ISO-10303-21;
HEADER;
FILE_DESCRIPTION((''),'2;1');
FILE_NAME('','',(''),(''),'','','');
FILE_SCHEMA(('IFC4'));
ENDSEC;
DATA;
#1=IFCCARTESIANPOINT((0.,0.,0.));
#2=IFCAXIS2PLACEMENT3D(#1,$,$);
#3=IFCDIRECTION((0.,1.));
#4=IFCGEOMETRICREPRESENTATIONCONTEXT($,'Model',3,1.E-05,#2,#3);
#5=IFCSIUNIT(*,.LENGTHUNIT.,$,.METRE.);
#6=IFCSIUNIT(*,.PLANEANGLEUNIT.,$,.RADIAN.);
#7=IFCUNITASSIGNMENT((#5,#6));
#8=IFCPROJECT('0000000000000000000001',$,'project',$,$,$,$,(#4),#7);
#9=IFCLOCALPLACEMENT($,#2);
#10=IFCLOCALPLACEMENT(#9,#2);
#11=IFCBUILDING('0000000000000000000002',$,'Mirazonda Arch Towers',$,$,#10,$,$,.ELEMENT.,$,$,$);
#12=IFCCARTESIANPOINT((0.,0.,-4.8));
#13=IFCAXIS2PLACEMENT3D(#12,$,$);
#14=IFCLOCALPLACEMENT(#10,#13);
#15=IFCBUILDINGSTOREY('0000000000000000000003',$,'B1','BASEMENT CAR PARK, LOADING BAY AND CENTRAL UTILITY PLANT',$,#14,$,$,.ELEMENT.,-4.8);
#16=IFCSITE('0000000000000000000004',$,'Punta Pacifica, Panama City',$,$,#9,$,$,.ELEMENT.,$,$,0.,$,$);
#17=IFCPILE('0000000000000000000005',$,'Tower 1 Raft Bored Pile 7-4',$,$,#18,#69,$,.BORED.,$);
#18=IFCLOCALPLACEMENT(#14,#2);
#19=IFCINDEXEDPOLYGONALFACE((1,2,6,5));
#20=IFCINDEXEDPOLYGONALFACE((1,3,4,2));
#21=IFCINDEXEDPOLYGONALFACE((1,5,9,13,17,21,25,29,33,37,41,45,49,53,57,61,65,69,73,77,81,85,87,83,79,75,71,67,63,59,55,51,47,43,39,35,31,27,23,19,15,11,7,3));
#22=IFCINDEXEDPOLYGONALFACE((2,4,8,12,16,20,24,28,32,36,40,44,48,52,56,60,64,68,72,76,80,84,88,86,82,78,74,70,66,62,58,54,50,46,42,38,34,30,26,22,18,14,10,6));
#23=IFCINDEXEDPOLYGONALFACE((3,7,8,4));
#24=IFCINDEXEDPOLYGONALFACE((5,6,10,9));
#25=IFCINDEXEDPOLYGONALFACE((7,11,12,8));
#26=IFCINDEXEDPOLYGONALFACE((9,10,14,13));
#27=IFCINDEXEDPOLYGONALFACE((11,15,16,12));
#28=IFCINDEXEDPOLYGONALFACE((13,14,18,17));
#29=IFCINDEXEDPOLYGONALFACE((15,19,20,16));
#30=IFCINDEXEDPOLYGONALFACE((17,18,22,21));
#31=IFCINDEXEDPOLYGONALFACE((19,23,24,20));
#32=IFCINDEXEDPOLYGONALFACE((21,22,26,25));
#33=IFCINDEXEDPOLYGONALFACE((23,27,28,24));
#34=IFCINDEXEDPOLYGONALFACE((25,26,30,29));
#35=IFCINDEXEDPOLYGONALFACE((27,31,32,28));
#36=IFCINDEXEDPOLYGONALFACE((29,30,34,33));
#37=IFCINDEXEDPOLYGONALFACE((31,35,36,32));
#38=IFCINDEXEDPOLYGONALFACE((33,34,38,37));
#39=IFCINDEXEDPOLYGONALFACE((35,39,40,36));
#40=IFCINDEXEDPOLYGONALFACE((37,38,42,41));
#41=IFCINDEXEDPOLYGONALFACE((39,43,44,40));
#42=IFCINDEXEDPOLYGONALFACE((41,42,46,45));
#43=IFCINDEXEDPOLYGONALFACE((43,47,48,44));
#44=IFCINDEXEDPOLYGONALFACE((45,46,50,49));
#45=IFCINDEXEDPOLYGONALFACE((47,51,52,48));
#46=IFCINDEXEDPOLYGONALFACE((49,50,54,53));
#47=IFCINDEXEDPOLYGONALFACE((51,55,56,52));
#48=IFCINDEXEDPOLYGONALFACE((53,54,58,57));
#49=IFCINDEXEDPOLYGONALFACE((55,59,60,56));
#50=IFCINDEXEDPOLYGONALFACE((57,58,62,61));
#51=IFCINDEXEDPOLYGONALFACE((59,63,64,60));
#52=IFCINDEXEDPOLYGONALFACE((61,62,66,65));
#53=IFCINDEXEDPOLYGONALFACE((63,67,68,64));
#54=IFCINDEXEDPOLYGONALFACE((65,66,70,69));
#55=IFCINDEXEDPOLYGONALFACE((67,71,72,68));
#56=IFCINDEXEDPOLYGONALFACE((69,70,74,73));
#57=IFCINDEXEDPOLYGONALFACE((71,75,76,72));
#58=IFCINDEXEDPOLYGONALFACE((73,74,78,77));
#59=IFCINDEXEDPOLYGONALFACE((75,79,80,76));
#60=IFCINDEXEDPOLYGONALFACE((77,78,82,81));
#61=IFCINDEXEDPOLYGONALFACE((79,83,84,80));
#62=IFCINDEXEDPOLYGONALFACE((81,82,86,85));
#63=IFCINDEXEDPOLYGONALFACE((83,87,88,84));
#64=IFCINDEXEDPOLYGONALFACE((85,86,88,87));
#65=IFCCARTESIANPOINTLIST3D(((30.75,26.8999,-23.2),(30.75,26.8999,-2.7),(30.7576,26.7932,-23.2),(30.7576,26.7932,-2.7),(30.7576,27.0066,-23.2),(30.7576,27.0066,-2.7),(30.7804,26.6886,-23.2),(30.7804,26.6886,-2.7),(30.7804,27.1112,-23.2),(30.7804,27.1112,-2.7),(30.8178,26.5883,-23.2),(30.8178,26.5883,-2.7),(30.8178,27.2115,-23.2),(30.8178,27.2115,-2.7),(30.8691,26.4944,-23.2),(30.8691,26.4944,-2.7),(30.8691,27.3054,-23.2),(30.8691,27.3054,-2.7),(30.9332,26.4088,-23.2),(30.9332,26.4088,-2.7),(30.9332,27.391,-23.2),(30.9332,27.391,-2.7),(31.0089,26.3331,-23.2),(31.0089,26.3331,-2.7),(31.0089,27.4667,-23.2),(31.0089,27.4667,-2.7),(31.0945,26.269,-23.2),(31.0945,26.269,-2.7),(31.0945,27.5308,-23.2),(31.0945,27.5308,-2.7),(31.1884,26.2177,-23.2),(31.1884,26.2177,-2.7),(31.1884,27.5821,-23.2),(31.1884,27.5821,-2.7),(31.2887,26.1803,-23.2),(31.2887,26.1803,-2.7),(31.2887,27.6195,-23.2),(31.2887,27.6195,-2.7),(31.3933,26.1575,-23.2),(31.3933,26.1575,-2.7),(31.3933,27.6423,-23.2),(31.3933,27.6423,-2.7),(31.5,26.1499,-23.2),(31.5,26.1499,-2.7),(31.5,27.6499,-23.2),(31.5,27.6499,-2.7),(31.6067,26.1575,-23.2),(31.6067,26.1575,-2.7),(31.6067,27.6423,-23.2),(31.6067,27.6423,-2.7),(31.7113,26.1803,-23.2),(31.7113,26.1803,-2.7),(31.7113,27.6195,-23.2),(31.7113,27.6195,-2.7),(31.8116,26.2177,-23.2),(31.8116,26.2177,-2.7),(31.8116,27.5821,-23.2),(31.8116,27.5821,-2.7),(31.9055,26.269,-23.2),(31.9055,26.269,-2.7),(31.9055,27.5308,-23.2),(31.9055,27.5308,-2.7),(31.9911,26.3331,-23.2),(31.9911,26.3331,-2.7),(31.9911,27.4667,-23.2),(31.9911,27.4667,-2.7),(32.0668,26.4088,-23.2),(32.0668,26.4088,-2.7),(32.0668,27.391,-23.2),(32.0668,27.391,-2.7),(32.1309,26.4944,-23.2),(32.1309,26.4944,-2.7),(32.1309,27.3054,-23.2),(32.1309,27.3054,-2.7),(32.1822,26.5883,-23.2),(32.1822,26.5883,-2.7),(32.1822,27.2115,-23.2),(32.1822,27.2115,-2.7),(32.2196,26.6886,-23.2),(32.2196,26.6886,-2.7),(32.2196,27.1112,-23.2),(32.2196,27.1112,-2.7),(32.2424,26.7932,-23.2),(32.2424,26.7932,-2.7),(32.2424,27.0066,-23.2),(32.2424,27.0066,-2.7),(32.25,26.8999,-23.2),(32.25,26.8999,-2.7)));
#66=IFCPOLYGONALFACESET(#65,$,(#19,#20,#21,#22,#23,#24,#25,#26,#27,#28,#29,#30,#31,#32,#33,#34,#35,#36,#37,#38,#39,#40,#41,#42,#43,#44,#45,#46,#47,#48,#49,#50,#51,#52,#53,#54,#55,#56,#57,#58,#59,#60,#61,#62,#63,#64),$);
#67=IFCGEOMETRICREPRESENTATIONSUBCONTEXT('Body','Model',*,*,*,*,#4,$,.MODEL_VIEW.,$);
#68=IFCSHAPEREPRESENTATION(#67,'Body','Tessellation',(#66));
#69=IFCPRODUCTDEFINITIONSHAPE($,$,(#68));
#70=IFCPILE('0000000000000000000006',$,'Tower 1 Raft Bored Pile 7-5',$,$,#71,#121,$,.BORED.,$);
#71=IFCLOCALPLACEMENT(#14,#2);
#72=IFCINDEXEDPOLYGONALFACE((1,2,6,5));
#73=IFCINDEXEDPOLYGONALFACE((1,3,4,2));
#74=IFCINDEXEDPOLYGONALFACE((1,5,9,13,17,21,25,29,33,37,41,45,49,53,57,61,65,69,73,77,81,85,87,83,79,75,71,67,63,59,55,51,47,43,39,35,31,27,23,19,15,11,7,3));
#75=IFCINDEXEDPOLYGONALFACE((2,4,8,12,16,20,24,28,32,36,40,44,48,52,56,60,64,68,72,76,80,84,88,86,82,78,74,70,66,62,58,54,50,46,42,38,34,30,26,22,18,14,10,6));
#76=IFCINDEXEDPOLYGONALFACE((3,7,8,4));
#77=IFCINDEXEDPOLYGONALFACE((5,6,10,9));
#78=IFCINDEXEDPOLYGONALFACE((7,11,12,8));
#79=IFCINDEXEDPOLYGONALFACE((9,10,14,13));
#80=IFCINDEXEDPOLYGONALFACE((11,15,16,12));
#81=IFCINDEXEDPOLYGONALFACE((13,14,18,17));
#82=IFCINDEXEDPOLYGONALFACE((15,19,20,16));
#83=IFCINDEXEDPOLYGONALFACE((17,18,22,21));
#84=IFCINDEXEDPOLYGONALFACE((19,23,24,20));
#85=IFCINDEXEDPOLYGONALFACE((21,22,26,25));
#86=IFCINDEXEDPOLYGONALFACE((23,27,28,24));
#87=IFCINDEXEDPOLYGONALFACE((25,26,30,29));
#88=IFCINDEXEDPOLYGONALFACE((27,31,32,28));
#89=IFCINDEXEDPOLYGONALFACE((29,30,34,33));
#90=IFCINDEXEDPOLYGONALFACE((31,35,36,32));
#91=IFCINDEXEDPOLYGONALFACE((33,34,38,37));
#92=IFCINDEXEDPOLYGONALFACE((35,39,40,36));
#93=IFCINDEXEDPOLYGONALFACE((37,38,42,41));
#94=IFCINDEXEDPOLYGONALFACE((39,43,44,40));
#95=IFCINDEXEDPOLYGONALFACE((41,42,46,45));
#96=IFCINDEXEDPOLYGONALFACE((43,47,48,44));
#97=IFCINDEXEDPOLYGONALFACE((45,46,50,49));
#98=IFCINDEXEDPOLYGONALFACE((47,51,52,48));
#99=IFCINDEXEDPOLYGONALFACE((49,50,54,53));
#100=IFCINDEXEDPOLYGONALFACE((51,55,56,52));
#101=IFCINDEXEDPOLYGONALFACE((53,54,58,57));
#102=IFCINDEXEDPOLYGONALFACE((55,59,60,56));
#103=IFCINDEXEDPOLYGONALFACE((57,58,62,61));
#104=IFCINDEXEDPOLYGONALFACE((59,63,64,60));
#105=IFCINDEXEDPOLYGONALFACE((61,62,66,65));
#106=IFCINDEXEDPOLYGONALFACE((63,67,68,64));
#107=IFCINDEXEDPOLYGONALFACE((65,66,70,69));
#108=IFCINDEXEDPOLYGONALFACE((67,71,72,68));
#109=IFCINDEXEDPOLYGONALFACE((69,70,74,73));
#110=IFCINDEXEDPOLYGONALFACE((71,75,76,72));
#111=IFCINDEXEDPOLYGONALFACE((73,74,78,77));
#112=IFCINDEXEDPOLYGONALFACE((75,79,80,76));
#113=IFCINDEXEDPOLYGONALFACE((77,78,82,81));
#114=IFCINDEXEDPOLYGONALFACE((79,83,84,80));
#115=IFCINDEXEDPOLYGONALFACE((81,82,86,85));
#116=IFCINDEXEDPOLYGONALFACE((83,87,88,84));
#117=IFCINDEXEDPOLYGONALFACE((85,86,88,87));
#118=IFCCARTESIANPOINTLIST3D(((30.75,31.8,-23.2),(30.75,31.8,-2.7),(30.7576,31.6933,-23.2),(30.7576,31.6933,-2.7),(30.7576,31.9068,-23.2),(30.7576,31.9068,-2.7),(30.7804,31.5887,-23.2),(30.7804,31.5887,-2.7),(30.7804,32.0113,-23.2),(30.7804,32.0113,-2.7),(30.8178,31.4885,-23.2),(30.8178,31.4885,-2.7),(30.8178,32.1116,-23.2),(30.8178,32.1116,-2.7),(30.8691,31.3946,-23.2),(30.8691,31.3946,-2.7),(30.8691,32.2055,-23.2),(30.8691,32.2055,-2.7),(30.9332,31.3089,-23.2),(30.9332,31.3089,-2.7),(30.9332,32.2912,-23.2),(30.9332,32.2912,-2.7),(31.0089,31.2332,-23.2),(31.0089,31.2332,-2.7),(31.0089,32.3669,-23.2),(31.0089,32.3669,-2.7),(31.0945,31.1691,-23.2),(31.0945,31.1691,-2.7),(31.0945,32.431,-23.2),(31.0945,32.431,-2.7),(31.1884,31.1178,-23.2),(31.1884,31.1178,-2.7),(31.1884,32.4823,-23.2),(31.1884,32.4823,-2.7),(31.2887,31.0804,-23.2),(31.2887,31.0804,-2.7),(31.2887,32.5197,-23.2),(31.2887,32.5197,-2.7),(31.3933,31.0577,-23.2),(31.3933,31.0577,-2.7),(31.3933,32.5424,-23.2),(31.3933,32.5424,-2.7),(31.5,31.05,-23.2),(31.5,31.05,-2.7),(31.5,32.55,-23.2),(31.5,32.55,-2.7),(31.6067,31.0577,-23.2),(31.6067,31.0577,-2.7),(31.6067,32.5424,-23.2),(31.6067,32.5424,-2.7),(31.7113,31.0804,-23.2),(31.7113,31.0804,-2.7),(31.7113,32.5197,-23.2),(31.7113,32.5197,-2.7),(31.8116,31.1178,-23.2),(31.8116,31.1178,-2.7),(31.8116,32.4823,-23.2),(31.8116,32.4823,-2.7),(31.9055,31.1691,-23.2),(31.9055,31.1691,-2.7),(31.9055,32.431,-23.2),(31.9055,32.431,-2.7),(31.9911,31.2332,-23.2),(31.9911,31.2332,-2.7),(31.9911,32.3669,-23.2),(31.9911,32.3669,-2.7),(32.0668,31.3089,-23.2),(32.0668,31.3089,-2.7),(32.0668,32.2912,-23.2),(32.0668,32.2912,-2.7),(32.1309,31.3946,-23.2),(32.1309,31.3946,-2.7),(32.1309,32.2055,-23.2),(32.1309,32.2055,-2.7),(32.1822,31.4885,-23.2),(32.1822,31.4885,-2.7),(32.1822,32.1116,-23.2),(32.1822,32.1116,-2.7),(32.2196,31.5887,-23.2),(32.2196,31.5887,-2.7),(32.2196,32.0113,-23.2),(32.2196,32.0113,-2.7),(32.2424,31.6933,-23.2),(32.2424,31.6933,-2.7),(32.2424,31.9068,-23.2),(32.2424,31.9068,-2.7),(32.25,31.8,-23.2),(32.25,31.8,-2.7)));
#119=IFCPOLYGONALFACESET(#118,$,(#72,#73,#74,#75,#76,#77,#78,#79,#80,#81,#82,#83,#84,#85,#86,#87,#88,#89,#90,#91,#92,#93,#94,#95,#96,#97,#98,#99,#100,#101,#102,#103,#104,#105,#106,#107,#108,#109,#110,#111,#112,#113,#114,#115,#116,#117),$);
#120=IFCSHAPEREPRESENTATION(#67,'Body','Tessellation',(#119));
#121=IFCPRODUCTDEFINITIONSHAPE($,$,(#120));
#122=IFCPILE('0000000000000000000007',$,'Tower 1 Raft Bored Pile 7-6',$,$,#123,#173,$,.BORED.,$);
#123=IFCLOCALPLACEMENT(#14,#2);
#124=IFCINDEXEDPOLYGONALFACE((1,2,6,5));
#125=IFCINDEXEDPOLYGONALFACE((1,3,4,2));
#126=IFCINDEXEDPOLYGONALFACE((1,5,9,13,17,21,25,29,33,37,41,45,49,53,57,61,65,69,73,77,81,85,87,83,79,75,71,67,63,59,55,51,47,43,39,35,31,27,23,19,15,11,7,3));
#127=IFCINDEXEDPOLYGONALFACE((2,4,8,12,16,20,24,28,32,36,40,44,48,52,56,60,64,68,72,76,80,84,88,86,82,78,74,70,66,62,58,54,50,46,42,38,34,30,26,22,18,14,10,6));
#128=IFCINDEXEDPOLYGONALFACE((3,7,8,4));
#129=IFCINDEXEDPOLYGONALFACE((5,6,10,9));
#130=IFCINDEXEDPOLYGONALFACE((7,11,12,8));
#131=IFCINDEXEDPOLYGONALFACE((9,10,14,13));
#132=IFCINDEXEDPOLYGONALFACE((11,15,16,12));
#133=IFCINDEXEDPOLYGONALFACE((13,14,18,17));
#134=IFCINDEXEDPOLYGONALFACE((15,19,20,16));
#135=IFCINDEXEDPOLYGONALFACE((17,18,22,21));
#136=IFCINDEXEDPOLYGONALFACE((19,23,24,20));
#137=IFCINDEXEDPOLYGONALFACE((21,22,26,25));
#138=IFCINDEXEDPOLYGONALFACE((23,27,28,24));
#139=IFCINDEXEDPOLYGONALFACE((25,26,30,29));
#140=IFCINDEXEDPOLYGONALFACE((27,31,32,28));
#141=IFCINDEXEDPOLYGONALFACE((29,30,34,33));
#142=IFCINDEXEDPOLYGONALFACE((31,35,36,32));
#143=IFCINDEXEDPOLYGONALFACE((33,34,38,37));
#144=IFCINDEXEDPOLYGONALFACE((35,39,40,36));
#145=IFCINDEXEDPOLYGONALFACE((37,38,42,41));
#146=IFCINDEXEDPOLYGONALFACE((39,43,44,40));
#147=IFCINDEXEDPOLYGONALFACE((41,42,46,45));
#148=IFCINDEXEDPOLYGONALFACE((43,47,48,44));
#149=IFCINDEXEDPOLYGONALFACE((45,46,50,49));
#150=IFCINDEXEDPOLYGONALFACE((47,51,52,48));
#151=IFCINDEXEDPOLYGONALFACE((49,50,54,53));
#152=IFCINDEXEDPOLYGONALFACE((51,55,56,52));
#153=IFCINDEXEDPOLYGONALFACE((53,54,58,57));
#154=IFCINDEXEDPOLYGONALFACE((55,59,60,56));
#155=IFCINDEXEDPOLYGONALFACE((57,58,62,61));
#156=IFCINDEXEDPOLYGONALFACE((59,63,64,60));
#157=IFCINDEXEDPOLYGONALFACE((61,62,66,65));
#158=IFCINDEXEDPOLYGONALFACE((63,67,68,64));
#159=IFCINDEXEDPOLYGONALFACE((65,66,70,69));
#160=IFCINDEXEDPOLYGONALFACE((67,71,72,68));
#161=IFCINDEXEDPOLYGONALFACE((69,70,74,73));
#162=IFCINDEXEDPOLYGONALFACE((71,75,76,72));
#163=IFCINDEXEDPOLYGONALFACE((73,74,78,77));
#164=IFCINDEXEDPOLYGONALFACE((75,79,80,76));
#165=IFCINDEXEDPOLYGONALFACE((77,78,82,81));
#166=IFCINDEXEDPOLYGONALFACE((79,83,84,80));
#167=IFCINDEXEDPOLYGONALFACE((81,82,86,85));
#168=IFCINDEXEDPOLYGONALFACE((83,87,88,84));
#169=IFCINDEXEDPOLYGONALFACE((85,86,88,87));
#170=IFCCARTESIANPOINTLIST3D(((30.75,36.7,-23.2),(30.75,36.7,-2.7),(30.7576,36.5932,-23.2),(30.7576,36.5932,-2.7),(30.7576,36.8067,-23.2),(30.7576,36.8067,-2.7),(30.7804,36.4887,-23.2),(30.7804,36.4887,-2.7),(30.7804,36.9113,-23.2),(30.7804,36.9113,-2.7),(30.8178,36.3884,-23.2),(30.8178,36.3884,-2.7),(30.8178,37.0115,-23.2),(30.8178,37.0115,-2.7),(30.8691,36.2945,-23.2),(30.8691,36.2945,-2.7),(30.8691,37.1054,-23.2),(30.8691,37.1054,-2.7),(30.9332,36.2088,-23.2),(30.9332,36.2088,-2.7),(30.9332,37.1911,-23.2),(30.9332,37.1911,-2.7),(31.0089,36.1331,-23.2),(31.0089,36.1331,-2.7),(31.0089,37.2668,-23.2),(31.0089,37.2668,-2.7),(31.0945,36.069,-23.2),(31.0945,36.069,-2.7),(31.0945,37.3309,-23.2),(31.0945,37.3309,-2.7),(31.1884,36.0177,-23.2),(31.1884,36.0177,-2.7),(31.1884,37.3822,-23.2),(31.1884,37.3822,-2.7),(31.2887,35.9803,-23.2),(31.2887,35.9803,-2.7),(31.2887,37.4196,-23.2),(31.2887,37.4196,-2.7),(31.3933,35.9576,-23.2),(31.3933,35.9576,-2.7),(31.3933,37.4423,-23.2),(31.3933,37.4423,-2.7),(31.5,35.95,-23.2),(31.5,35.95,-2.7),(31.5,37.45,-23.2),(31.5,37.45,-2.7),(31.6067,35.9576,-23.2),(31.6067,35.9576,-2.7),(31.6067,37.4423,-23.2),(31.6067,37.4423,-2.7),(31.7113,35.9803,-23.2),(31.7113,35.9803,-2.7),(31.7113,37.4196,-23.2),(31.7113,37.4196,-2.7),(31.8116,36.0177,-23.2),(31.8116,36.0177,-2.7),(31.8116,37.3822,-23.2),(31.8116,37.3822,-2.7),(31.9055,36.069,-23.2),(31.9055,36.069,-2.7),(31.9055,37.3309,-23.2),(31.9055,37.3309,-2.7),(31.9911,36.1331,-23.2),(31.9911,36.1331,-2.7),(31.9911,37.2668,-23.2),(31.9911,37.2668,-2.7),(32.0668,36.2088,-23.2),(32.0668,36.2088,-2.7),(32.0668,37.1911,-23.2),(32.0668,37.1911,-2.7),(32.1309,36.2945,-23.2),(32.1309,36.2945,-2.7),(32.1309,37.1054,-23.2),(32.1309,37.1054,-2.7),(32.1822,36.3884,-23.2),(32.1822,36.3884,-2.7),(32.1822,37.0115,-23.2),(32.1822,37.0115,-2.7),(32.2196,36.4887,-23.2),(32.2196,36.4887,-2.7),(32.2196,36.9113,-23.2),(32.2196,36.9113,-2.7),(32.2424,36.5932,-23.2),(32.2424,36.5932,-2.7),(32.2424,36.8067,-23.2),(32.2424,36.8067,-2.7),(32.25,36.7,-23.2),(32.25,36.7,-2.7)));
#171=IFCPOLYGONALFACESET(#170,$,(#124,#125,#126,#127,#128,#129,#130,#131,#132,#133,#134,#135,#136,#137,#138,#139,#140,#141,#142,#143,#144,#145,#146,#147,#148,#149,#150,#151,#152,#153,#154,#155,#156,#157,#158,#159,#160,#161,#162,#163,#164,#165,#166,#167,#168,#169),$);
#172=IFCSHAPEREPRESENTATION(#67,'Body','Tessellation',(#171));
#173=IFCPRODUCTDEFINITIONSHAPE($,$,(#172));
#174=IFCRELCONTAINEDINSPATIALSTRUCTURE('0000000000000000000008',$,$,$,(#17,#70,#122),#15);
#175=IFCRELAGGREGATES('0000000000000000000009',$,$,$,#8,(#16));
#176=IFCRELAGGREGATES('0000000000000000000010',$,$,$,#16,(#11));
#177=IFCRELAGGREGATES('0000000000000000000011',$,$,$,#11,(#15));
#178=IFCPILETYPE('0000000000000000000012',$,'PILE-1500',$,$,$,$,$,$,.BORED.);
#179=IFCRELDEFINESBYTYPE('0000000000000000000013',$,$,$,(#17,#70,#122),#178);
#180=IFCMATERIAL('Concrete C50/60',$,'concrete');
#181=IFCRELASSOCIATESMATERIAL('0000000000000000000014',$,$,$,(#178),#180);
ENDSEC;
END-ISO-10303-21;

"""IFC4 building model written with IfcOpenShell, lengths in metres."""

from ifc_helpers import new_model, si_unit, direction, frame, origin, origin_2d, place, context, subcontext, project, spatial, circle, extrude, material, material_profile, profile_set, type_object, element, save


model = new_model("IFC4")

# Units and contexts
model_context = context("Model", 3, precision=1e-05, world=origin(), true_north=direction((0.0, 1.0)))
body_context = subcontext(model_context, "Body", "Model", "MODEL_VIEW")
ifc_project = project(units=[si_unit("LENGTHUNIT", "METRE"), si_unit("PLANEANGLEUNIT", "RADIAN")], contexts=[model_context])

# Site, building, storey
site_placement = place(None, origin())
site = spatial("IfcSite", under=ifc_project, at=site_placement, Name="Punta Pacifica, Panama City", CompositionType="ELEMENT", RefElevation=0.0)
building_placement = place(site_placement, origin())
building = spatial("IfcBuilding", under=site, at=building_placement, Name="Mirazonda Arch Towers", CompositionType="ELEMENT")
storey_placement = place(building_placement, frame((0.0, 0.0, -4.8)))
storey = spatial("IfcBuildingStorey", under=building, at=storey_placement, Name="B1", Description="BASEMENT CAR PARK, LOADING BAY AND CENTRAL UTILITY PLANT", CompositionType="ELEMENT", Elevation=-4.8)

# Piles
ifc_material_1 = material(Name="Concrete C50/60", Category="concrete")
ifc_material_profile_1 = material_profile(ifc_material_1, circle(Radius=0.75, at=origin_2d()), Name="BORED-D1500")
ifc_profile_set_1 = profile_set([ifc_material_profile_1], Name="Concrete C50/60")
pile_type = type_object("IfcPileType", Name="PILE-1500", PredefinedType="BORED", material=ifc_profile_set_1)
for number, where, z_axis, x_axis, name in (
    (1, (31.5, 26.8999, -2.7), (0.0, 0.0, -1.0), (1.0, 0.0, 0.0), "Tower 1 Raft Bored Pile 7-4"),
    (2, (31.5, 31.8, -2.7), (0.0, 0.0, -1.0), (1.0, 0.0, 0.0), "Tower 1 Raft Bored Pile 7-5"),
    (3, (31.5, 36.7, -2.7), (0.0, 0.0, -1.0), (1.0, 0.0, 0.0), "Tower 1 Raft Bored Pile 7-6"),
):
    element("IfcPile", number, at=place(storey_placement, frame(where, z_axis=z_axis, x_axis=x_axis)), inside=storey, type_object=pile_type, Name=name, PredefinedType="BORED", context=body_context, shape_type="SweptSolid", body=[
        extrude(circle(Radius=0.75, at=origin_2d()), origin(), (0.0, 0.0, 1.0), 20.5),
    ])

save(model, "model.ifc")
